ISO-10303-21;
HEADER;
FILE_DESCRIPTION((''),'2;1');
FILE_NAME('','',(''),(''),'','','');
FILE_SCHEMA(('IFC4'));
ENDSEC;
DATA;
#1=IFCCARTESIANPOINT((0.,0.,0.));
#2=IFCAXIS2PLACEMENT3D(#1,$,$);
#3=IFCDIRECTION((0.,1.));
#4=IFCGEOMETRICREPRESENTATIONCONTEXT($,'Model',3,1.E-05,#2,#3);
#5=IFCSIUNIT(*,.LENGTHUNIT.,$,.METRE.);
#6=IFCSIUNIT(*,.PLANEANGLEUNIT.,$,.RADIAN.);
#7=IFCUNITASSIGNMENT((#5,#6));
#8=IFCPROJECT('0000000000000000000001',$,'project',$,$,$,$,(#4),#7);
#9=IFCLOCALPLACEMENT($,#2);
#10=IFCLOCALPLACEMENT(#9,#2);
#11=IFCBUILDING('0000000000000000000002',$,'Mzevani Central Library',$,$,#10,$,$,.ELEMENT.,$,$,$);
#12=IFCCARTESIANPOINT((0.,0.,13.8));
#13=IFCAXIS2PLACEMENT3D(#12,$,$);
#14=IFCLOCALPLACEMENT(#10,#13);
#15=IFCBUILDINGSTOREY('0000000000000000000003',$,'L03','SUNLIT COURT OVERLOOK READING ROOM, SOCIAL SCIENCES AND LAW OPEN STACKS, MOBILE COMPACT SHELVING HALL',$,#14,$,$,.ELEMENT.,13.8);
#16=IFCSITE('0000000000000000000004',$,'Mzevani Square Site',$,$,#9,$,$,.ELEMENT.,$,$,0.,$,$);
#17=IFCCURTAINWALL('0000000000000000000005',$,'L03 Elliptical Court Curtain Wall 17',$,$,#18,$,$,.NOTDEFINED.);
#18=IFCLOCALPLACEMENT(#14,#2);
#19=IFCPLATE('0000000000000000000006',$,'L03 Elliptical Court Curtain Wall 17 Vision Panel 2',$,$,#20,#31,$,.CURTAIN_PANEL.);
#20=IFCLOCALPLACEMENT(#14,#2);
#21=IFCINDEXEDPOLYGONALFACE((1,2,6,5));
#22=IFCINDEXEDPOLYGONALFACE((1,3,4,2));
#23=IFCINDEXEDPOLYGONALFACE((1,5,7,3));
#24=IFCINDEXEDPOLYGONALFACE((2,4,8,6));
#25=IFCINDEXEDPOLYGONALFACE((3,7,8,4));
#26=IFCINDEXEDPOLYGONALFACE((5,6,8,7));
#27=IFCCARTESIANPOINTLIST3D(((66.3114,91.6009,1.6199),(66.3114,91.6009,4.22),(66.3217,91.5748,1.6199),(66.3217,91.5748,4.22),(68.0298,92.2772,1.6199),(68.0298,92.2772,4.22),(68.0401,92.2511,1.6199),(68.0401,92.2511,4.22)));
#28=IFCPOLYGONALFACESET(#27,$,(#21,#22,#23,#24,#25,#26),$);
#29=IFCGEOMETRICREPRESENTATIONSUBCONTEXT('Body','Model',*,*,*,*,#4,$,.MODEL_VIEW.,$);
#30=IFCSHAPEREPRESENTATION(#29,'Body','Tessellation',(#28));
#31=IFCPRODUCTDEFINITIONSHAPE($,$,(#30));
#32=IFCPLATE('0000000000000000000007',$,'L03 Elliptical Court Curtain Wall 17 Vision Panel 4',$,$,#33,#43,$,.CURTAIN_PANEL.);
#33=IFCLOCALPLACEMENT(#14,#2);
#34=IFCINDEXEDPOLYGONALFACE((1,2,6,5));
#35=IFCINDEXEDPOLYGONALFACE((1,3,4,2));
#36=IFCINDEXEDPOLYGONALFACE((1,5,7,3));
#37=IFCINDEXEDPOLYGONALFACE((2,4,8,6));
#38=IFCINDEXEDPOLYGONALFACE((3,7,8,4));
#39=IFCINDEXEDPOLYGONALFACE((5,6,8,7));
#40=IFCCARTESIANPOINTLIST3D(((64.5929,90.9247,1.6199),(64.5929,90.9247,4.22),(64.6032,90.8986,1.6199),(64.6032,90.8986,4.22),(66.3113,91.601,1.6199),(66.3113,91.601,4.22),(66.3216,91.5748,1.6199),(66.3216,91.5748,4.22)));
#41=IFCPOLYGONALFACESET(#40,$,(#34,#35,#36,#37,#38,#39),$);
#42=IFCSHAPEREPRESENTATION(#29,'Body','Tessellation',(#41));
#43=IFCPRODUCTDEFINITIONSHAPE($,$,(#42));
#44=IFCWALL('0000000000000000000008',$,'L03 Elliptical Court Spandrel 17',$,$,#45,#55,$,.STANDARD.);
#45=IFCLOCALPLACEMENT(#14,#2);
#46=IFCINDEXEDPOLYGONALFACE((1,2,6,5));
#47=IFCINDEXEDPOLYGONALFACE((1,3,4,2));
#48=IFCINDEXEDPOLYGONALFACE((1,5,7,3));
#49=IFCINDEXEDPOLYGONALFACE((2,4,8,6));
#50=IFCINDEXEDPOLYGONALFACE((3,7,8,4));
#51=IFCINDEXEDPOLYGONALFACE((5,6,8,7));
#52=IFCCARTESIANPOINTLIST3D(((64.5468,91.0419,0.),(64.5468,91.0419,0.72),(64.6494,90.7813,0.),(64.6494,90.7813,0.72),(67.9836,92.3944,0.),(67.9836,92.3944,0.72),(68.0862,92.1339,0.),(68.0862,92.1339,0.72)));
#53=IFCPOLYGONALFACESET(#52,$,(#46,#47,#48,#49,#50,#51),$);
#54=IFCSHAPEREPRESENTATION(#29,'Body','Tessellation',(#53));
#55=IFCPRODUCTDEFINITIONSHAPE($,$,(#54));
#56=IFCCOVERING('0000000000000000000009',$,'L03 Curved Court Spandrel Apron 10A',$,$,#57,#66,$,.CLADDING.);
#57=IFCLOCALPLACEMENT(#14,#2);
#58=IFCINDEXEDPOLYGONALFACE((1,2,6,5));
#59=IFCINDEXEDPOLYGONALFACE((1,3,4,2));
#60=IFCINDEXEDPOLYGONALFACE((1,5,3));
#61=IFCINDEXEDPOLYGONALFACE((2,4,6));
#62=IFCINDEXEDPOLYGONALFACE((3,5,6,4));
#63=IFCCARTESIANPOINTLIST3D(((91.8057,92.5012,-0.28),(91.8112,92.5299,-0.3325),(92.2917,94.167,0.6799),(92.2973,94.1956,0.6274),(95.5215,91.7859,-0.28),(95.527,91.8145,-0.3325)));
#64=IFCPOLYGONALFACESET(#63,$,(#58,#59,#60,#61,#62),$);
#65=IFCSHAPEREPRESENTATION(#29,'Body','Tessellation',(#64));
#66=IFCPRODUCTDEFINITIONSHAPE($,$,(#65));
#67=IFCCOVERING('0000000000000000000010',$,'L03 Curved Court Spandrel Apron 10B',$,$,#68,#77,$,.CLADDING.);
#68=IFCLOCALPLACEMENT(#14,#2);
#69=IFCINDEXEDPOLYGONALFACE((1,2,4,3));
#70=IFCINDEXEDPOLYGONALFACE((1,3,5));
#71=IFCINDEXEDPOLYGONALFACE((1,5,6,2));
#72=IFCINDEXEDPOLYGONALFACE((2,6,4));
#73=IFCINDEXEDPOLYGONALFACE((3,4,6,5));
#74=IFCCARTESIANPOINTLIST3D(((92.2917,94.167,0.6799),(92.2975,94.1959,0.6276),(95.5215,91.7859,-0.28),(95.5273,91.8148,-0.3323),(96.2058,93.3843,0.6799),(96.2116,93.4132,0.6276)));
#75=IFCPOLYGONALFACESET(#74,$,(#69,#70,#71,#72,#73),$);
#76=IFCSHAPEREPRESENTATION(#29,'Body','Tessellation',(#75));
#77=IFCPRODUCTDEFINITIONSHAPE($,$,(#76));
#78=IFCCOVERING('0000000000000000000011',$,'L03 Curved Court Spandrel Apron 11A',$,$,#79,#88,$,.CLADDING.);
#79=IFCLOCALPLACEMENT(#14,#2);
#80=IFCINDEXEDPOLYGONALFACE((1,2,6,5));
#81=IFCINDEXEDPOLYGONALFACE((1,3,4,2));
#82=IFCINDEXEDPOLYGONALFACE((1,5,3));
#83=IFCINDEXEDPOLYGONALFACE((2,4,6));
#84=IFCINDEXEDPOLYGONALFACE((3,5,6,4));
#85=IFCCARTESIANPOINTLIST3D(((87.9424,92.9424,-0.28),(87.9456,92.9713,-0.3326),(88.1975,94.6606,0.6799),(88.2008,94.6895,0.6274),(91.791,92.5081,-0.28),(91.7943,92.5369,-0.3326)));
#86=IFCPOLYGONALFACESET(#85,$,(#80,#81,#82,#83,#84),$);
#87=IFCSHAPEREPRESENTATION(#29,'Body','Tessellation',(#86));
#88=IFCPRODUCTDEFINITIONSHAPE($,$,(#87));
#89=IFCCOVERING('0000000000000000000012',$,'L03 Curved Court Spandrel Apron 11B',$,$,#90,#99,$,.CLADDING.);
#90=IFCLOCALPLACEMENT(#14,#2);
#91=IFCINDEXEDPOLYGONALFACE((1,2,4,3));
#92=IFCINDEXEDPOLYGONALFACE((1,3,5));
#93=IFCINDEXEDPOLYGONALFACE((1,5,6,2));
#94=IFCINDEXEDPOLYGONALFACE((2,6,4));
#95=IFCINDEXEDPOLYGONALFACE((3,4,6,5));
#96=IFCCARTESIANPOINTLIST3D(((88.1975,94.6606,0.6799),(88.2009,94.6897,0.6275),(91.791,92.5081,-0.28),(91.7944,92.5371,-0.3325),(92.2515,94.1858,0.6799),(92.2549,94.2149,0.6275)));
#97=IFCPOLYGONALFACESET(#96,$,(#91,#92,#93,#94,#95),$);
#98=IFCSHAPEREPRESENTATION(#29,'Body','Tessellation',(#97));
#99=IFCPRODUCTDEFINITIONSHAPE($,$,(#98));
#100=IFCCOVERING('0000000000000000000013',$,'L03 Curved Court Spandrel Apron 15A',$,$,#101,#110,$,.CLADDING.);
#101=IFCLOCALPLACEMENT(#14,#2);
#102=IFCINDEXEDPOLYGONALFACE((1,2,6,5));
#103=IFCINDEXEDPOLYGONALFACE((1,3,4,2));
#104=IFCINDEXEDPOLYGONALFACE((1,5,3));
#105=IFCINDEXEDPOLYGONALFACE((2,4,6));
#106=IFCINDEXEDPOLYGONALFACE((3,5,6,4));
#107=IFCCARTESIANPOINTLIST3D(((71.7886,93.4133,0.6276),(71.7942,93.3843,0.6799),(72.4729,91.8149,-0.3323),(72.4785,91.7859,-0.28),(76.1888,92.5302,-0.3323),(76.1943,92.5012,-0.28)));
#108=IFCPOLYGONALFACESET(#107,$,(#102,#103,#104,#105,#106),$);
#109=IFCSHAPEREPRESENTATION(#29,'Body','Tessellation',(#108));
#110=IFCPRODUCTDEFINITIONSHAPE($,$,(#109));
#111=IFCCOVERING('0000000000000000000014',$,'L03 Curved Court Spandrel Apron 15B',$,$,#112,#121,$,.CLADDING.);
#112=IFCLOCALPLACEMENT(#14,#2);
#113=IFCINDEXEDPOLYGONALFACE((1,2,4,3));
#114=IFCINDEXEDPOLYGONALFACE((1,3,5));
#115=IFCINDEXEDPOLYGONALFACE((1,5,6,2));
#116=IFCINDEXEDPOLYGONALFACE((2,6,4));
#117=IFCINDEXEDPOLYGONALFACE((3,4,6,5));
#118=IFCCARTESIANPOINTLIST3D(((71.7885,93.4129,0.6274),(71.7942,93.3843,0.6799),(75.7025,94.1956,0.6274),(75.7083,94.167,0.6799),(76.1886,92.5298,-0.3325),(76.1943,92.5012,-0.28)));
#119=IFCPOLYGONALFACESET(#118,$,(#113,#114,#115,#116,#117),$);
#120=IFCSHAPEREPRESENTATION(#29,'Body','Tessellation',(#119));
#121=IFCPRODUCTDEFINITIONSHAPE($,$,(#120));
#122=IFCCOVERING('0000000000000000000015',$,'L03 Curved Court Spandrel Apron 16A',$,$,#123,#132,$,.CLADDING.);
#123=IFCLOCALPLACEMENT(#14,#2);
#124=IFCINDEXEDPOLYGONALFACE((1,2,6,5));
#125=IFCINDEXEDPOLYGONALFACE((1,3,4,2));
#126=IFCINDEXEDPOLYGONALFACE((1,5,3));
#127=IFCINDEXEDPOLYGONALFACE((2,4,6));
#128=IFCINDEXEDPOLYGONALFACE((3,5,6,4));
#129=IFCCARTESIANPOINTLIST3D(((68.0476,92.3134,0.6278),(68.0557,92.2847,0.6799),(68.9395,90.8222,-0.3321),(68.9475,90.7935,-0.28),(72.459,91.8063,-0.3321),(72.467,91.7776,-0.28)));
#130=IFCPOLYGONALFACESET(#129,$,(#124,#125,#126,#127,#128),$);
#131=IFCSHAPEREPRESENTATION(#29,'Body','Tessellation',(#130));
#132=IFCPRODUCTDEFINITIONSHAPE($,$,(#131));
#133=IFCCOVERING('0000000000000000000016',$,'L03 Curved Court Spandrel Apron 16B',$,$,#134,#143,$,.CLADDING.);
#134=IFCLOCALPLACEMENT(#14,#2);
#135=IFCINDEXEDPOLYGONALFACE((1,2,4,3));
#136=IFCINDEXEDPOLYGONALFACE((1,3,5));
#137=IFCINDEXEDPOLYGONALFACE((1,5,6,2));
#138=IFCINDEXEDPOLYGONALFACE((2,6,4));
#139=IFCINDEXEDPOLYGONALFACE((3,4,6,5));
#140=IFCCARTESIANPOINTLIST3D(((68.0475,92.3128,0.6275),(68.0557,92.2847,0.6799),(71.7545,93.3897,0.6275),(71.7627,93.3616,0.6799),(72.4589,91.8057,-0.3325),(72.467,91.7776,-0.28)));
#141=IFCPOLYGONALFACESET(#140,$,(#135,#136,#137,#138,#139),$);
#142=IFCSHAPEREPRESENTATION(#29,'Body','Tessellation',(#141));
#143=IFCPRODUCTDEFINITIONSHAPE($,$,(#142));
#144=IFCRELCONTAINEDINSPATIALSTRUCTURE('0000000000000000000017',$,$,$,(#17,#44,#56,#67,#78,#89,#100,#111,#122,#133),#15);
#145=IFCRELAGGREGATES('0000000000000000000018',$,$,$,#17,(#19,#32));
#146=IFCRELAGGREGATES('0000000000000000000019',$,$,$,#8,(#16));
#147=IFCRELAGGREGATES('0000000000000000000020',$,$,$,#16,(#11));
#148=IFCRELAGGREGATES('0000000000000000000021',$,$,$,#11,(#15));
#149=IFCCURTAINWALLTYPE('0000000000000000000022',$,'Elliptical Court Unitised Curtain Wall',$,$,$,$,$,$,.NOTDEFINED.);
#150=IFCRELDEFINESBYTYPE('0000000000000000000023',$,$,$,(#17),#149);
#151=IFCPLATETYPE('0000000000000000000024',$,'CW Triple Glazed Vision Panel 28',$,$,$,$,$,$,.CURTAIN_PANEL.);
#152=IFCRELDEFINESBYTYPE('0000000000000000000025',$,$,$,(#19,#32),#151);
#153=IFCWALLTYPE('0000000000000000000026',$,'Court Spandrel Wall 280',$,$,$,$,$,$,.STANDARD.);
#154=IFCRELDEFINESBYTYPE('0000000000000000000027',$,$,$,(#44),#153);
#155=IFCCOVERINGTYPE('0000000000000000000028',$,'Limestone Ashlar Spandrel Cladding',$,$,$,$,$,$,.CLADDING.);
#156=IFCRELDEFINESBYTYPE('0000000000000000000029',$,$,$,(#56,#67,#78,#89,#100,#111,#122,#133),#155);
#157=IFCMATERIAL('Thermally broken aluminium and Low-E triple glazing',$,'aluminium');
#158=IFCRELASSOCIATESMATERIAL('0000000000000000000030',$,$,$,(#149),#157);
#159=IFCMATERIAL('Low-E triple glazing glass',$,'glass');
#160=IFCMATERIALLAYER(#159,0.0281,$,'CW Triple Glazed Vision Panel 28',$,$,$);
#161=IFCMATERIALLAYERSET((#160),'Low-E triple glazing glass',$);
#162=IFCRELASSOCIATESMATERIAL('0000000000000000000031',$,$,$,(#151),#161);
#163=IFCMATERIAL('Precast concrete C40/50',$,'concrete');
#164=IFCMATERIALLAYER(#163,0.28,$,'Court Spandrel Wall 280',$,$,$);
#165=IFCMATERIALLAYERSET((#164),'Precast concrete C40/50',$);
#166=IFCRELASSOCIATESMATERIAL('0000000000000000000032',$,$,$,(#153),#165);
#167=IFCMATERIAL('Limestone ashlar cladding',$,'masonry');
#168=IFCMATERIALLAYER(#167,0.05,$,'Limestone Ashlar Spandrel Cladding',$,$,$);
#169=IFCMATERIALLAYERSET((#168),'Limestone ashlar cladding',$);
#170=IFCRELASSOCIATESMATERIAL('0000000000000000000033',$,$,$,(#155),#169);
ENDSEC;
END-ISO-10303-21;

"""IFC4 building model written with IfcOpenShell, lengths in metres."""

from ifc_helpers import new_model, si_unit, direction, frame, frame_2d, origin, origin_2d, place, context, subcontext, project, spatial, polyline, rectangle, outline, extrude, material, layer, layer_set, type_object, element, aggregate, save


model = new_model("IFC4")

# Units and contexts
model_context = context("Model", 3, precision=1e-05, world=origin(), true_north=direction((0.0, 1.0)))
body_context = subcontext(model_context, "Body", "Model", "MODEL_VIEW")
ifc_project = project(units=[si_unit("LENGTHUNIT", "METRE"), si_unit("PLANEANGLEUNIT", "RADIAN")], contexts=[model_context])

# Site, building, storey
site_placement = place(None, origin())
site = spatial("IfcSite", under=ifc_project, at=site_placement, Name="Mzevani Square Site", CompositionType="ELEMENT", RefElevation=0.0)
building_placement = place(site_placement, origin())
building = spatial("IfcBuilding", under=site, at=building_placement, Name="Mzevani Central Library", CompositionType="ELEMENT")
storey_placement = place(building_placement, frame((0.0, 0.0, 13.8)))
storey = spatial("IfcBuildingStorey", under=building, at=storey_placement, Name="L03", Description="SUNLIT COURT OVERLOOK READING ROOM, SOCIAL SCIENCES AND LAW OPEN STACKS, MOBILE COMPACT SHELVING HALL", CompositionType="ELEMENT", Elevation=13.8)

# Curtain wall
ifc_material_1 = material(Name="Thermally broken aluminium and Low-E triple glazing", Category="aluminium")
curtain_wall_type_1 = type_object("IfcCurtainWallType", Name="Elliptical Court Unitised Curtain Wall", PredefinedType="NOTDEFINED", material=ifc_material_1)
curtain_wall_1_placement = place(storey_placement, origin())
curtain_wall_1 = element("IfcCurtainWall", 1, at=curtain_wall_1_placement, inside=storey, type_object=curtain_wall_type_1, Name="L03 Elliptical Court Curtain Wall 17", PredefinedType="NOTDEFINED")

# Plates
ifc_material_2 = material(Name="Low-E triple glazing glass", Category="glass")
ifc_layer_1 = layer(ifc_material_2, 0.0281, Name="CW Triple Glazed Vision Panel 28")
ifc_layer_set_1 = layer_set([ifc_layer_1], Name="Low-E triple glazing glass")
plate_type_1 = type_object("IfcPlateType", Name="CW Triple Glazed Vision Panel 28", PredefinedType="CURTAIN_PANEL", material=ifc_layer_set_1)
plate_1_placement = place(storey_placement, frame((67.1758, 91.926, 1.6199), z_axis=(0.0, 0.0, 1.0), x_axis=(-0.930531, -0.366212, 0.0)))
plate_1 = element("IfcPlate", 2, at=plate_1_placement, type_object=plate_type_1, Name="L03 Elliptical Court Curtain Wall 17 Vision Panel 2", PredefinedType="CURTAIN_PANEL", context=body_context, shape_type="SweptSolid", body=[
    extrude(rectangle(XDim=1.8467, YDim=0.0281, at=origin_2d()), origin(), (0.0, 0.0, 1.0), 2.6001),
])
plate_2_placement = place(storey_placement, frame((65.4573, 91.2498, 1.6199), z_axis=(0.0, 0.0, 1.0), x_axis=(-0.930531, -0.366212, 0.0)))
plate_2 = element("IfcPlate", 3, at=plate_2_placement, type_object=plate_type_1, Name="L03 Elliptical Court Curtain Wall 17 Vision Panel 4", PredefinedType="CURTAIN_PANEL", context=body_context, shape_type="SweptSolid", body=[
    extrude(rectangle(XDim=1.8467, YDim=0.0281, at=origin_2d()), origin(), (0.0, 0.0, 1.0), 2.6001),
])
aggregate(curtain_wall_1, [plate_1, plate_2])

# Wall
ifc_material_3 = material(Name="Precast concrete C40/50", Category="concrete")
ifc_layer_2 = layer(ifc_material_3, 0.28, Name="Court Spandrel Wall 280")
ifc_layer_set_2 = layer_set([ifc_layer_2], Name="Precast concrete C40/50")
wall_type = type_object("IfcWallType", Name="Court Spandrel Wall 280", PredefinedType="STANDARD", material=ifc_layer_set_2)
wall_placement = place(storey_placement, frame((68.0349, 92.2642, 0.0), z_axis=(0.0, 0.0, 1.0), x_axis=(-0.930532, -0.366211, 0.0)))
element("IfcWall", 4, at=wall_placement, inside=storey, type_object=wall_type, Name="L03 Elliptical Court Spandrel 17", PredefinedType="STANDARD", context=body_context, shape_type="SweptSolid", body=[
    extrude(rectangle(XDim=3.6934, YDim=0.28, at=frame_2d((1.8467, 0.0))), origin(), (0.0, 0.0, 1.0), 0.72),
])

# Coverings
ifc_material_4 = material(Name="Limestone ashlar cladding", Category="masonry")
ifc_layer_3 = layer(ifc_material_4, 0.05, Name="Limestone Ashlar Spandrel Cladding")
ifc_layer_set_3 = layer_set([ifc_layer_3], Name="Limestone ashlar cladding")
covering_type = type_object("IfcCoveringType", Name="Limestone Ashlar Spandrel Cladding", PredefinedType="CLADDING", material=ifc_layer_set_3)
covering_1_placement = place(storey_placement, frame((95.5215, 91.7859, -0.28), z_axis=(-0.091818, -0.476951, 0.874121), x_axis=(-0.98197, 0.189039, 0.0)))
element("IfcCovering", 5, at=covering_1_placement, inside=storey, type_object=covering_type, Name="L03 Curved Court Spandrel Apron 10A", PredefinedType="CLADDING", context=body_context, shape_type="SweptSolid", body=[
    extrude(outline(polyline([(0.0, 0.0), (3.784, 0.0), (3.6216, -1.9764), (0.0, 0.0)])), origin(), (0.0, 0.0, -1.0), 0.0601),
])
covering_2_placement = place(storey_placement, frame((95.5215, 91.7859, -0.28), z_axis=(-0.096353, -0.481826, 0.870954), x_axis=(-0.782811, 0.577123, 0.232672)))
element("IfcCovering", 6, at=covering_2_placement, inside=storey, type_object=covering_type, Name="L03 Curved Court Spandrel Apron 10B", PredefinedType="CLADDING", context=body_context, shape_type="SweptSolid", body=[
    extrude(outline(polyline([(0.0, 0.0), (4.1258, 0.0), (0.6101, -1.8901), (0.0, 0.0)])), origin(), (0.0, 0.0, -1.0), 0.0601),
])
covering_3_placement = place(storey_placement, frame((91.791, 92.5081, -0.28), z_axis=(-0.054266, -0.480855, 0.875119), x_axis=(-0.993692, 0.11214, 0.0)))
element("IfcCovering", 7, at=covering_3_placement, inside=storey, type_object=covering_type, Name="L03 Curved Court Spandrel Apron 11A", PredefinedType="CLADDING", context=body_context, shape_type="SweptSolid", body=[
    extrude(outline(polyline([(0.0, 0.0), (3.8731, 0.0), (3.8122, -1.9838), (0.0, 0.0)])), origin(), (0.0, 0.0, -1.0), 0.0601),
])
covering_4_placement = place(storey_placement, frame((91.791, 92.5081, -0.28), z_axis=(-0.0567, -0.484061, 0.873195), x_axis=(-0.836187, 0.500894, 0.223377)))
element("IfcCovering", 8, at=covering_4_placement, inside=storey, type_object=covering_type, Name="L03 Curved Court Spandrel Apron 11B", PredefinedType="CLADDING", context=body_context, shape_type="SweptSolid", body=[
    extrude(outline(polyline([(0.0, 0.0), (4.2975, 0.0), (0.6698, -1.8708), (0.0, 0.0)])), origin(), (0.0, 0.0, -1.0), 0.0601),
])
covering_5_placement = place(storey_placement, frame((76.1943, 92.5012, -0.28), z_axis=(0.092995, -0.483069, 0.87063), x_axis=(-0.98197, -0.189039, 0.0)))
element("IfcCovering", 9, at=covering_5_placement, inside=storey, type_object=covering_type, Name="L03 Curved Court Spandrel Apron 15A", PredefinedType="CLADDING", context=body_context, shape_type="SweptSolid", body=[
    extrude(outline(polyline([(0.0, 0.0), (3.784, 0.0), (4.1539, -1.9514), (0.0, 0.0)])), origin(), (0.0, 0.0, -1.0), 0.0601),
])
covering_6_placement = place(storey_placement, frame((76.1943, 92.5012, -0.28), z_axis=(0.095197, -0.476042, 0.874255), x_axis=(-0.958763, 0.192412, 0.209169)))
element("IfcCovering", 10, at=covering_6_placement, inside=storey, type_object=covering_type, Name="L03 Curved Court Spandrel Apron 15B", PredefinedType="CLADDING", context=body_context, shape_type="SweptSolid", body=[
    extrude(outline(polyline([(0.0, 0.0), (4.5894, 0.0), (0.9873, -1.7198), (0.0, 0.0)])), origin(), (0.0, 0.0, -1.0), 0.0601),
])
covering_7_placement = place(storey_placement, frame((72.467, 91.7776, -0.28), z_axis=(0.133824, -0.478593, 0.867779), x_axis=(-0.963059, -0.26929, 0.0)))
element("IfcCovering", 11, at=covering_7_placement, inside=storey, type_object=covering_type, Name="L03 Curved Court Spandrel Apron 16A", PredefinedType="CLADDING", context=body_context, shape_type="SweptSolid", body=[
    extrude(outline(polyline([(0.0, 0.0), (3.6545, 0.0), (4.1119, -1.9317), (0.0, 0.0)])), origin(), (0.0, 0.0, -1.0), 0.0601),
])
covering_8_placement = place(storey_placement, frame((72.467, 91.7776, -0.28), z_axis=(0.136102, -0.468503, 0.872915), x_axis=(-0.971026, 0.111618, 0.211305)))
element("IfcCovering", 12, at=covering_8_placement, inside=storey, type_object=covering_type, Name="L03 Curved Court Spandrel Apron 16B", PredefinedType="CLADDING", context=body_context, shape_type="SweptSolid", body=[
    extrude(outline(polyline([(0.0, 0.0), (4.543, 0.0), (1.0636, -1.672), (0.0, 0.0)])), origin(), (0.0, 0.0, -1.0), 0.0601),
])

save(model, "model.ifc")
